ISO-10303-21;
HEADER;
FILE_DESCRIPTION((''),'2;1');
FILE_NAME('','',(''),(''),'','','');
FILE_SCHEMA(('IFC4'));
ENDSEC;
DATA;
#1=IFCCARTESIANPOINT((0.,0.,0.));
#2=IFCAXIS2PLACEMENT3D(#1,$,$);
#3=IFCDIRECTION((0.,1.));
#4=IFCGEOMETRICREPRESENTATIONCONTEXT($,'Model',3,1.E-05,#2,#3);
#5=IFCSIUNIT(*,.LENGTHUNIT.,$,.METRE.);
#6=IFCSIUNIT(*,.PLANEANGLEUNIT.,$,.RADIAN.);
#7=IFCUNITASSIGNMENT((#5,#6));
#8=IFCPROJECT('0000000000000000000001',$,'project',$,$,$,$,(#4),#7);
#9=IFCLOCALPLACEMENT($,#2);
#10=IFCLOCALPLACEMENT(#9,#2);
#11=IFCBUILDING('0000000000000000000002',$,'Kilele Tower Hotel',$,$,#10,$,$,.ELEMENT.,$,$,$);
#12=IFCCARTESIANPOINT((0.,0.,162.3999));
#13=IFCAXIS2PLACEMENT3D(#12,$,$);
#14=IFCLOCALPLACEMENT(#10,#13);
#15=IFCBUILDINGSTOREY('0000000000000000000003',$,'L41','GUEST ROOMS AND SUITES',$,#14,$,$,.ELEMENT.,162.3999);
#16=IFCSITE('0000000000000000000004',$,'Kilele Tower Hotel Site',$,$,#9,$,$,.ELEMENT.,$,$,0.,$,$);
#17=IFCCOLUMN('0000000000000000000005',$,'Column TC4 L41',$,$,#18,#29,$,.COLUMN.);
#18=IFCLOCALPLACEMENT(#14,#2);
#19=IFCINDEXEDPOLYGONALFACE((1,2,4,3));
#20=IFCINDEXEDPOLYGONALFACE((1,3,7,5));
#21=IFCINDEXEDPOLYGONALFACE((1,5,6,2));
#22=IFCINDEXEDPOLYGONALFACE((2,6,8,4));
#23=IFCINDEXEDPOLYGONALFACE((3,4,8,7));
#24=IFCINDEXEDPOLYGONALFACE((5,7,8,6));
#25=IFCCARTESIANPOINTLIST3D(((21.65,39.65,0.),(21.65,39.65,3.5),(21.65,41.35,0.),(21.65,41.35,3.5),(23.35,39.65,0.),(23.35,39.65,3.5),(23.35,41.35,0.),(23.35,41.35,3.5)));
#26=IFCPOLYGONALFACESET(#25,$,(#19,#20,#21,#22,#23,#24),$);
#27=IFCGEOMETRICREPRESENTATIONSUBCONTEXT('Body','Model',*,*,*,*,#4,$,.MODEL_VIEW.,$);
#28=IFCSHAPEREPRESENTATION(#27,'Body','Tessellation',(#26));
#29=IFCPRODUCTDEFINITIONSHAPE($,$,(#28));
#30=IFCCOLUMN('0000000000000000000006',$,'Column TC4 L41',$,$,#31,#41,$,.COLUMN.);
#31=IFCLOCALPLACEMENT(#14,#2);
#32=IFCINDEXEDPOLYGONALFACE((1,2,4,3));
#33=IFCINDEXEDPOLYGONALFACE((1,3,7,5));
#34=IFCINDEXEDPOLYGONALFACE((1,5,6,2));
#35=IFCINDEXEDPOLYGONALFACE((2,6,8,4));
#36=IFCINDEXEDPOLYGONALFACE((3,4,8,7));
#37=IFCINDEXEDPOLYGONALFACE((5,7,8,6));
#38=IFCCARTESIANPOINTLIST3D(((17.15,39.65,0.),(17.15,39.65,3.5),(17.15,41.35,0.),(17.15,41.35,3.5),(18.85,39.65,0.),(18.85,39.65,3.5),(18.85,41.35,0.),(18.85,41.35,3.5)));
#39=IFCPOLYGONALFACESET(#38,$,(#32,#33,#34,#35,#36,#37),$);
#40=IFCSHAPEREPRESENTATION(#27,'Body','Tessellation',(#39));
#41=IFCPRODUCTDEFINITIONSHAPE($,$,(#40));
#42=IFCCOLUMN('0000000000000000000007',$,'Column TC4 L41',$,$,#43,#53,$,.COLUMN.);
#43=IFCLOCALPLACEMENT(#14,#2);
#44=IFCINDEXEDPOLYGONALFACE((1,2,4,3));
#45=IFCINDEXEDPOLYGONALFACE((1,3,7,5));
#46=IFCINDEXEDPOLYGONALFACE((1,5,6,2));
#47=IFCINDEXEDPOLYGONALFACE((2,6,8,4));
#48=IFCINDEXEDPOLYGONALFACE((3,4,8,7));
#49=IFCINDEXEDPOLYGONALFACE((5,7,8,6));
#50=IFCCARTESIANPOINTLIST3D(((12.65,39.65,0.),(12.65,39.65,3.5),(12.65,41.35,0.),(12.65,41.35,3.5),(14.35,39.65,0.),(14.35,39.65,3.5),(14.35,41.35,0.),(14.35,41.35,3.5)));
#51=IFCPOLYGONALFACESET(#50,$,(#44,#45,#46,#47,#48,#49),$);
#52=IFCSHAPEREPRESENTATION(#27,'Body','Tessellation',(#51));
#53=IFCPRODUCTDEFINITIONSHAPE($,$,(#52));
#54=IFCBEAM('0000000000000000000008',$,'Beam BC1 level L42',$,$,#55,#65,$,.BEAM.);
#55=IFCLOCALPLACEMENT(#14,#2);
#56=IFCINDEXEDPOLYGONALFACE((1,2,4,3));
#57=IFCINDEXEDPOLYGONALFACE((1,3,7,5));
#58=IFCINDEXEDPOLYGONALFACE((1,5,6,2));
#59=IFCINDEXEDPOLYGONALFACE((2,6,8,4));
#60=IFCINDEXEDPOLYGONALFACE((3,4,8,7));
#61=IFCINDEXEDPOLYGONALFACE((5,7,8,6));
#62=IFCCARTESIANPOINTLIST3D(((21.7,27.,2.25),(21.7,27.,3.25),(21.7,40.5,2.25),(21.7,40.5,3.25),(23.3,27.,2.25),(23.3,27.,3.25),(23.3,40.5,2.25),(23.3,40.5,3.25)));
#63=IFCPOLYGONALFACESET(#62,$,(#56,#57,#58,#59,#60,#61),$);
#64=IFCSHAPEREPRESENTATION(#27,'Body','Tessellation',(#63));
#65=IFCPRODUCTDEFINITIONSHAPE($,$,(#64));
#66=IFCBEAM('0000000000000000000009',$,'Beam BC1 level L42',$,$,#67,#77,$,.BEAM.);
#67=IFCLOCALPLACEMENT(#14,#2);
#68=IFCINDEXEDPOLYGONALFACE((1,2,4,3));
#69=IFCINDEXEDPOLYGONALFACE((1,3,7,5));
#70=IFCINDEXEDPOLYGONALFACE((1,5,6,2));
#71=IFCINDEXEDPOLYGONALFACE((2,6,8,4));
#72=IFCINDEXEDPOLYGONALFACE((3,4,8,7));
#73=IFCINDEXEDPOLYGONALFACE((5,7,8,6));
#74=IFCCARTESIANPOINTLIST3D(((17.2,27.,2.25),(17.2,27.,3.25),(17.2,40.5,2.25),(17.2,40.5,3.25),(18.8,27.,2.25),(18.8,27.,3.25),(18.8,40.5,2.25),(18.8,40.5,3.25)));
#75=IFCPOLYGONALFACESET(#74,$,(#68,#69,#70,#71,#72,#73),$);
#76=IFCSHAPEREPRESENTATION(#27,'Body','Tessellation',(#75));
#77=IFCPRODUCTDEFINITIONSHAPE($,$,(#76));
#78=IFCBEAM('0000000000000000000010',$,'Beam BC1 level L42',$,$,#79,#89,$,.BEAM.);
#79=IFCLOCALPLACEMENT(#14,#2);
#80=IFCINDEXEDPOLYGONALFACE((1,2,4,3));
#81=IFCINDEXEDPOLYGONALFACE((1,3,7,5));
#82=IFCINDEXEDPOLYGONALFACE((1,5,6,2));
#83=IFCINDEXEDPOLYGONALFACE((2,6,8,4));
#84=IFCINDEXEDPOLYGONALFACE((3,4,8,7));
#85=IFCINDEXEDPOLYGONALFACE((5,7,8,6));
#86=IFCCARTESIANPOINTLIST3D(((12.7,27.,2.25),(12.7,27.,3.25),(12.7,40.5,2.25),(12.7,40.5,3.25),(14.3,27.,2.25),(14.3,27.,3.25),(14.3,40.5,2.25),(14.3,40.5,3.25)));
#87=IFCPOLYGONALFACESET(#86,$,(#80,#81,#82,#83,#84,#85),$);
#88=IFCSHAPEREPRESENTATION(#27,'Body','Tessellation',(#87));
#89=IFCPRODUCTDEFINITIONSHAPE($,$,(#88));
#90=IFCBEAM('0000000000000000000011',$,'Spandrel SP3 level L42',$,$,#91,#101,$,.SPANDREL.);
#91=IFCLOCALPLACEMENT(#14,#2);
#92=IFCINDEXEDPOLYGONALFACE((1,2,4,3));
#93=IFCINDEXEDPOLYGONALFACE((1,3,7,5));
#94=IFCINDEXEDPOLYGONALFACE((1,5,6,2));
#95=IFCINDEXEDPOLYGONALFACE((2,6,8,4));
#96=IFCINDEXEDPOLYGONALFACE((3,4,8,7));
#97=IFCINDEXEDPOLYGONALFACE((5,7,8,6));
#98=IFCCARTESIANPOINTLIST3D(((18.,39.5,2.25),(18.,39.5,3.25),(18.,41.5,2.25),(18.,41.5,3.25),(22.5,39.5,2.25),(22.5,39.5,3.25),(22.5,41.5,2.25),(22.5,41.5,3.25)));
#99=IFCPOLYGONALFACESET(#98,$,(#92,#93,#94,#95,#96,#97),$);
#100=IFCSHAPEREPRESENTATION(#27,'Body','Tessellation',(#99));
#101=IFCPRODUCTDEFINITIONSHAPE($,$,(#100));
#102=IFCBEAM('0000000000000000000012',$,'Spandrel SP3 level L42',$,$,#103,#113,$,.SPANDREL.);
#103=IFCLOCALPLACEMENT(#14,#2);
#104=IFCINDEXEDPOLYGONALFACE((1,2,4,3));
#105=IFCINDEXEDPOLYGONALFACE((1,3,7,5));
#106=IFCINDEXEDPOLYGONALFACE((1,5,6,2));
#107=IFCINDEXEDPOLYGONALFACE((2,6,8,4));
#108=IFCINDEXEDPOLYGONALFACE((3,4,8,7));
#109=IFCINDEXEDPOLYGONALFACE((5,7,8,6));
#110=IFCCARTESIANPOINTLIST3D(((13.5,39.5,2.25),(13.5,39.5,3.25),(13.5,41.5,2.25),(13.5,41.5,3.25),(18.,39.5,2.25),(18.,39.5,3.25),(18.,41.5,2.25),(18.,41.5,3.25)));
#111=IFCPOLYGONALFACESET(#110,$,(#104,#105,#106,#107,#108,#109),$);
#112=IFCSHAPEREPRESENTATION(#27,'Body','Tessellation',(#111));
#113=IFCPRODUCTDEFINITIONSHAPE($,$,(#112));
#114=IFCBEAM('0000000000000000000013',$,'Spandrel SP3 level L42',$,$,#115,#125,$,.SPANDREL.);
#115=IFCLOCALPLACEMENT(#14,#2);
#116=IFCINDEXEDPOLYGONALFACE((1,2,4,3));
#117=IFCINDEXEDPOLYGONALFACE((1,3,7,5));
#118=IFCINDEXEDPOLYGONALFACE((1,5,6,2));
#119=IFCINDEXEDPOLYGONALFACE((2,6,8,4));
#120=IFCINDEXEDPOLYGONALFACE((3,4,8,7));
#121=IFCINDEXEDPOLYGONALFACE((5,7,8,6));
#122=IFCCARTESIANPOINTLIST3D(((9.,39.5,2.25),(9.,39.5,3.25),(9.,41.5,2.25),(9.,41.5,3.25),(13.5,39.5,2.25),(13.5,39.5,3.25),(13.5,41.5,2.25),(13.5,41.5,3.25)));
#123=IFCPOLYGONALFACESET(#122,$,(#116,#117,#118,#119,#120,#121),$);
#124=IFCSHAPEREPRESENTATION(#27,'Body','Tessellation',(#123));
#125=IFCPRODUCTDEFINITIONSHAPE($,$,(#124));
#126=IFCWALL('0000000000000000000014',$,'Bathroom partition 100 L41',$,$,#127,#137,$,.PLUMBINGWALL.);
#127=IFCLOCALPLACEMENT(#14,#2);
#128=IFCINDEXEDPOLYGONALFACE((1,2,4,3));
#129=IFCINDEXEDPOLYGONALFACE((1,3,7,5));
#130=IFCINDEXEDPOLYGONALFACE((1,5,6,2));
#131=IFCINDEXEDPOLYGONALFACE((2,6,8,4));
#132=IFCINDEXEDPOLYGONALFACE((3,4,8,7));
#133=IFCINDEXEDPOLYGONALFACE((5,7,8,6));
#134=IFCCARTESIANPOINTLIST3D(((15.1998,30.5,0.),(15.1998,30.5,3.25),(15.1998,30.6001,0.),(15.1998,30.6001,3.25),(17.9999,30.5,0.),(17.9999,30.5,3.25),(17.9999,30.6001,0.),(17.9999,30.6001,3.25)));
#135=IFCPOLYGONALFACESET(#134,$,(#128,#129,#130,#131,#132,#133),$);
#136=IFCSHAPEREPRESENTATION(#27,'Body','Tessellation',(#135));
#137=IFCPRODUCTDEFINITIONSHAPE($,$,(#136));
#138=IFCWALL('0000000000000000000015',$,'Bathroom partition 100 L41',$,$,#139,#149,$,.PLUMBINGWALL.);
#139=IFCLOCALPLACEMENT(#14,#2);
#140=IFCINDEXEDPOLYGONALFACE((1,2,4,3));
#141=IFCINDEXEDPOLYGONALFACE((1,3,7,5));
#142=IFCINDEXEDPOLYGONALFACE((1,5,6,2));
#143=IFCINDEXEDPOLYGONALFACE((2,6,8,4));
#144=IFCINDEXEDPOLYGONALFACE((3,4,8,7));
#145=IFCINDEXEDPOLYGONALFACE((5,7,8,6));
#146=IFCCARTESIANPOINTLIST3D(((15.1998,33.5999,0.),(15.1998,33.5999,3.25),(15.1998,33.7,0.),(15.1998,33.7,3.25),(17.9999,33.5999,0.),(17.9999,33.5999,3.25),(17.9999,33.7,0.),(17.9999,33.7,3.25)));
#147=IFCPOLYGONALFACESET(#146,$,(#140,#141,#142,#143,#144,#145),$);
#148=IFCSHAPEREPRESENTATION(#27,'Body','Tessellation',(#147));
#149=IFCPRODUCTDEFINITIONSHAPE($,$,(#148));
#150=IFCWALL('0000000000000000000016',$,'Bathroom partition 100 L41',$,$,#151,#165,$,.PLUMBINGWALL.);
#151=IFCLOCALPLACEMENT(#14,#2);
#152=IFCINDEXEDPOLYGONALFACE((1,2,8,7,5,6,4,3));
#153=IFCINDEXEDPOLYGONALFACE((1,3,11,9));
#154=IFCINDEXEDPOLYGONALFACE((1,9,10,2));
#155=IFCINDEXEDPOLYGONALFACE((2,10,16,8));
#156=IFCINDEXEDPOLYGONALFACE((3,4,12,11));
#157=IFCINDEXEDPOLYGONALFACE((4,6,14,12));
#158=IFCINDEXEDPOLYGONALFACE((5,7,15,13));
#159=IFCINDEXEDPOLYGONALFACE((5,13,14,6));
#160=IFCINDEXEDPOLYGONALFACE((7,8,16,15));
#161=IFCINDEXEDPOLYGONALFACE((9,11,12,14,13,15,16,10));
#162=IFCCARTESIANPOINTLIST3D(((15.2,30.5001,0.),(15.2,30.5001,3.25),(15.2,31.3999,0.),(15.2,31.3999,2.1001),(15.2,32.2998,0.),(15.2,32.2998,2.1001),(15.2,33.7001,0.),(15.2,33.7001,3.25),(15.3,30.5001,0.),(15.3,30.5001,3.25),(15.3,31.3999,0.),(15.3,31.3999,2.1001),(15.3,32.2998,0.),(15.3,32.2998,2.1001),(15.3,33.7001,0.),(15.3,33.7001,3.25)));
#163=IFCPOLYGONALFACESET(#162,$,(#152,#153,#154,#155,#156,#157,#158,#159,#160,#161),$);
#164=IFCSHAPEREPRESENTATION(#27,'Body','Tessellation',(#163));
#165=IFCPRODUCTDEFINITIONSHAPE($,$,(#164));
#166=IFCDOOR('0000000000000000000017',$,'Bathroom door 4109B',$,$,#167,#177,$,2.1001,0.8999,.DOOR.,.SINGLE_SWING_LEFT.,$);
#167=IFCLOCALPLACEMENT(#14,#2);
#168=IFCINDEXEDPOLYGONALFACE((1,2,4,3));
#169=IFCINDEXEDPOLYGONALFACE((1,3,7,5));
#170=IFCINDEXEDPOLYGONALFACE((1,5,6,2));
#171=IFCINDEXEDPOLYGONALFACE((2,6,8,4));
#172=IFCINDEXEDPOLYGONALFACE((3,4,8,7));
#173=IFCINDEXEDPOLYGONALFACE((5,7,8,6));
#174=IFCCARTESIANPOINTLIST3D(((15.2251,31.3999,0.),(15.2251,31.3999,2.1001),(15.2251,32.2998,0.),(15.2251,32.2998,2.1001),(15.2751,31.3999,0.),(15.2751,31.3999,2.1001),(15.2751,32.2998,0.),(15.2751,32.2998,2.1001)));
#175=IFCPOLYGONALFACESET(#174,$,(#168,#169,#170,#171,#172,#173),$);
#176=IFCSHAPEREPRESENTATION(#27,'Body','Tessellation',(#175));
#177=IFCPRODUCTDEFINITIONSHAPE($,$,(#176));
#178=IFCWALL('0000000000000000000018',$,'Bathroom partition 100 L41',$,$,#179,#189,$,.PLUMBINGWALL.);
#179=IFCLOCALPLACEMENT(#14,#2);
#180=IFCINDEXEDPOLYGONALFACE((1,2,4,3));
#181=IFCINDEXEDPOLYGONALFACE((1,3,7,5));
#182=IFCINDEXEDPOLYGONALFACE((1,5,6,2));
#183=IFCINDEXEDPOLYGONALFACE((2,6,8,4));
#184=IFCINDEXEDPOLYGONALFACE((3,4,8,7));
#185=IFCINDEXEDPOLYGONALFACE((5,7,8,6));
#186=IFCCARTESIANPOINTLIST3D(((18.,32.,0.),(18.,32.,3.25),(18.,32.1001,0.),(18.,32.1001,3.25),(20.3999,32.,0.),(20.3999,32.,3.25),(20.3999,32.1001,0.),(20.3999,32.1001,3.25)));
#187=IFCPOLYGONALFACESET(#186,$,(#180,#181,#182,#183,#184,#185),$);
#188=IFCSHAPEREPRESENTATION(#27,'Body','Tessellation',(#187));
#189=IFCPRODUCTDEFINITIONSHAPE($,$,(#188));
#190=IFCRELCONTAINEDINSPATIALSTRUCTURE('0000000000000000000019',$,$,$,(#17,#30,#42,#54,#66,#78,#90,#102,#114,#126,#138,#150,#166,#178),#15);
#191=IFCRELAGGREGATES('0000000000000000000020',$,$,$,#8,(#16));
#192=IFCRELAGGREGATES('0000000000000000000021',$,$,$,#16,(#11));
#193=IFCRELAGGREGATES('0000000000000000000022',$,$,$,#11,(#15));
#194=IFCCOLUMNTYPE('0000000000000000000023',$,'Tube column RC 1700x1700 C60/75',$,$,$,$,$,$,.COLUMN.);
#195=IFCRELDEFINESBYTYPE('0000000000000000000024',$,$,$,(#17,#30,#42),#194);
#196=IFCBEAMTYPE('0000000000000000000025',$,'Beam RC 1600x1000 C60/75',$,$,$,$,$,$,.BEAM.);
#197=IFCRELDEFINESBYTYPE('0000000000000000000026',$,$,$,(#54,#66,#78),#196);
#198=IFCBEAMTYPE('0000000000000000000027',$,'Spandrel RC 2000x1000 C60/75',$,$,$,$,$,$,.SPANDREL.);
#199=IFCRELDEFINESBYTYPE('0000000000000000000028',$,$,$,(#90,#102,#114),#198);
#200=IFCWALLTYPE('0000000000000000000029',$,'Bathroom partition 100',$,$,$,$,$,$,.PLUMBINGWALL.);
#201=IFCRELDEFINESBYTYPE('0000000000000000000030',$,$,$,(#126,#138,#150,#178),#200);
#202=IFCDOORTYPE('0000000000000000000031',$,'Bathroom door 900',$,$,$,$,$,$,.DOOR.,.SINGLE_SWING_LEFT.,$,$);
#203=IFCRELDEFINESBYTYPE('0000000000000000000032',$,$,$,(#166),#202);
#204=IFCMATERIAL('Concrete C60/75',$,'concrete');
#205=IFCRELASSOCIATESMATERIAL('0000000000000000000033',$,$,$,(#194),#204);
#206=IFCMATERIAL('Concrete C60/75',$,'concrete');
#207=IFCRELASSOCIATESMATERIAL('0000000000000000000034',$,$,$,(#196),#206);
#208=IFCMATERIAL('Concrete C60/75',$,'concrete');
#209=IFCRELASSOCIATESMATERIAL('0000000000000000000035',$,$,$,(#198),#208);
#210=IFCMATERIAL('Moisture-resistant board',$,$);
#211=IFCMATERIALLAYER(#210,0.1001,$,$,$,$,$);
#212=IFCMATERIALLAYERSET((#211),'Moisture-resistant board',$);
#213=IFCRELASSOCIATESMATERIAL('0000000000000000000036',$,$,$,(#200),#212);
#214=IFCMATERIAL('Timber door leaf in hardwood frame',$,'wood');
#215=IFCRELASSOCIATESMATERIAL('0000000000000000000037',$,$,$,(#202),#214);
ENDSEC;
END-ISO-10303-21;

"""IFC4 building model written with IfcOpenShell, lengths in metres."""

from ifc_helpers import new_model, si_unit, direction, frame, frame_2d, origin, origin_2d, place, context, subcontext, project, spatial, rectangle, extrude, material, layer, layer_set, material_profile, profile_set, type_object, element, fill, save


model = new_model("IFC4")

# Units and contexts
model_context = context("Model", 3, precision=1e-05, world=origin(), true_north=direction((0.0, 1.0)))
body_context = subcontext(model_context, "Body", "Model", "MODEL_VIEW")
ifc_project = project(units=[si_unit("LENGTHUNIT", "METRE"), si_unit("PLANEANGLEUNIT", "RADIAN")], contexts=[model_context])

# Site, building, storey
site_placement = place(None, origin())
site = spatial("IfcSite", under=ifc_project, at=site_placement, Name="Kilele Tower Hotel Site", CompositionType="ELEMENT", RefElevation=0.0)
building_placement = place(site_placement, origin())
building = spatial("IfcBuilding", under=site, at=building_placement, Name="Kilele Tower Hotel", CompositionType="ELEMENT")
storey_placement = place(building_placement, frame((0.0, 0.0, 162.3999)))
storey = spatial("IfcBuildingStorey", under=building, at=storey_placement, Name="L41", Description="GUEST ROOMS AND SUITES", CompositionType="ELEMENT", Elevation=162.3999)

# Columns
ifc_material_1 = material(Name="Concrete C60/75", Category="concrete")
ifc_material_profile_1 = material_profile(ifc_material_1, rectangle(XDim=1.7, YDim=1.7, at=origin_2d()))
ifc_profile_set_1 = profile_set([ifc_material_profile_1], Name="Concrete C60/75")
column_type = type_object("IfcColumnType", Name="Tube column RC 1700x1700 C60/75", PredefinedType="COLUMN", material=ifc_profile_set_1)
for number, where, z_axis, x_axis, name in (
    (1, (22.5, 40.5, 0.0), (0.0, 0.0, 1.0), (1.0, 0.0, 0.0), "Column TC4 L41"),
    (2, (18.0, 40.5, 0.0), (0.0, 0.0, 1.0), (1.0, 0.0, 0.0), "Column TC4 L41"),
    (3, (13.5, 40.5, 0.0), (0.0, 0.0, 1.0), (1.0, 0.0, 0.0), "Column TC4 L41"),
):
    element("IfcColumn", number, at=place(storey_placement, frame(where, z_axis=z_axis, x_axis=x_axis)), inside=storey, type_object=column_type, Name=name, PredefinedType="COLUMN", context=body_context, shape_type="SweptSolid", body=[
        extrude(rectangle(XDim=1.7, YDim=1.7, at=origin_2d()), origin(), (0.0, 0.0, 1.0), 3.5),
    ])

# Beams
ifc_material_2 = material(Name="Concrete C60/75", Category="concrete")
ifc_material_profile_2 = material_profile(ifc_material_2, rectangle(XDim=1.6001, YDim=1.0, at=origin_2d()))
ifc_profile_set_2 = profile_set([ifc_material_profile_2], Name="Concrete C60/75")
beam_type_1 = type_object("IfcBeamType", Name="Beam RC 1600x1000 C60/75", PredefinedType="BEAM", material=ifc_profile_set_2)
for number, where, z_axis, x_axis, name in (
    (4, (22.5, 40.5, 2.75), (0.0, -1.0, 0.0), (1.0, 0.0, 0.0), "Beam BC1 level L42"),
    (5, (18.0, 40.5, 2.75), (0.0, -1.0, 0.0), (1.0, 0.0, 0.0), "Beam BC1 level L42"),
    (6, (13.5, 40.5, 2.75), (0.0, -1.0, 0.0), (1.0, 0.0, 0.0), "Beam BC1 level L42"),
):
    element("IfcBeam", number, at=place(storey_placement, frame(where, z_axis=z_axis, x_axis=x_axis)), inside=storey, type_object=beam_type_1, Name=name, PredefinedType="BEAM", context=body_context, shape_type="SweptSolid", body=[
        extrude(rectangle(XDim=1.6001, YDim=1.0, at=origin_2d()), origin(), (0.0, 0.0, 1.0), 13.5),
    ])
ifc_material_3 = material(Name="Concrete C60/75", Category="concrete")
ifc_material_profile_3 = material_profile(ifc_material_3, rectangle(XDim=2.0, YDim=1.0, at=origin_2d()))
ifc_profile_set_3 = profile_set([ifc_material_profile_3], Name="Concrete C60/75")
beam_type_2 = type_object("IfcBeamType", Name="Spandrel RC 2000x1000 C60/75", PredefinedType="SPANDREL", material=ifc_profile_set_3)
for number, where, z_axis, x_axis, name in (
    (7, (22.5, 40.5, 2.75), (-1.0, 0.0, 0.0), (0.0, -1.0, 0.0), "Spandrel SP3 level L42"),
    (8, (18.0, 40.5, 2.75), (-1.0, 0.0, 0.0), (0.0, -1.0, 0.0), "Spandrel SP3 level L42"),
    (9, (13.5, 40.5, 2.75), (-1.0, 0.0, 0.0), (0.0, -1.0, 0.0), "Spandrel SP3 level L42"),
):
    element("IfcBeam", number, at=place(storey_placement, frame(where, z_axis=z_axis, x_axis=x_axis)), inside=storey, type_object=beam_type_2, Name=name, PredefinedType="SPANDREL", context=body_context, shape_type="SweptSolid", body=[
        extrude(rectangle(XDim=2.0, YDim=1.0, at=origin_2d()), origin(), (0.0, 0.0, 1.0), 4.5),
    ])

# Walls
ifc_material_4 = material(Name="Moisture-resistant board")
ifc_layer_1 = layer(ifc_material_4, 0.1001)
ifc_layer_set_1 = layer_set([ifc_layer_1], Name="Moisture-resistant board")
wall_type_1 = type_object("IfcWallType", Name="Bathroom partition 100", PredefinedType="PLUMBINGWALL", material=ifc_layer_set_1)
for number, where, z_axis, x_axis, name in (
    (10, (15.2, 30.55, 0.0), (0.0, 0.0, 1.0), (1.0, 0.0, 0.0), "Bathroom partition 100 L41"),
    (11, (15.2, 33.6499, 0.0), (0.0, 0.0, 1.0), (1.0, 0.0, 0.0), "Bathroom partition 100 L41"),
):
    element("IfcWall", number, at=place(storey_placement, frame(where, z_axis=z_axis, x_axis=x_axis)), inside=storey, type_object=wall_type_1, Name=name, PredefinedType="PLUMBINGWALL", context=body_context, shape_type="SweptSolid", body=[
        extrude(rectangle(XDim=2.8, YDim=0.1001, at=frame_2d((1.3999, 0.0))), origin(), (0.0, 0.0, 1.0), 3.25),
    ])

# Wall, opening, door
wall_1_placement = place(storey_placement, frame((15.25, 30.5, 0.0), z_axis=(0.0, 0.0, 1.0), x_axis=(0.0, 1.0, 0.0)))
wall_1 = element("IfcWall", 12, at=wall_1_placement, inside=storey, type_object=wall_type_1, Name="Bathroom partition 100 L41", PredefinedType="PLUMBINGWALL", context=body_context, shape_type="SweptSolid", body=[
    extrude(rectangle(XDim=3.2, YDim=0.1001, at=frame_2d((1.6001, 0.0))), origin(), (0.0, 0.0, 1.0), 3.25),
])
opening_1_placement = place(wall_1_placement, frame((0.8999, 0.0, 0.0)))
opening_1 = element("IfcOpeningElement", 13, at=opening_1_placement, cuts=wall_1, PredefinedType="OPENING", context=body_context, shape_type="SweptSolid", body=[
    extrude(rectangle(XDim=0.8999, YDim=2.1001, at=frame_2d((0.45, 1.05))), frame((0.0, 0.0601, 0.0), z_axis=(0.0, -1.0, 0.0), x_axis=(1.0, 0.0, 0.0)), (0.0, 0.0, 1.0), 0.1201),
])
ifc_material_5 = material(Name="Timber door leaf in hardwood frame", Category="wood")
door_type_1 = type_object("IfcDoorType", Name="Bathroom door 900", OperationType="SINGLE_SWING_LEFT", PredefinedType="DOOR", material=ifc_material_5)
door_1_placement = place(opening_1_placement, origin())
door_1 = element("IfcDoor", 14, at=door_1_placement, inside=storey, type_object=door_type_1, Name="Bathroom door 4109B", OperationType="SINGLE_SWING_LEFT", OverallHeight=2.1001, OverallWidth=0.8999, PredefinedType="DOOR", context=body_context, shape_type="SweptSolid", body=[
    extrude(rectangle(XDim=0.8999, YDim=2.1001, at=frame_2d((0.45, 1.05))), frame((0.0, 0.0249, 0.0), z_axis=(0.0, -1.0, 0.0), x_axis=(1.0, 0.0, 0.0)), (0.0, 0.0, 1.0), 0.05),
])
fill(opening_1, door_1)

# Wall
wall_2_placement = place(storey_placement, frame((18.0, 32.05, 0.0), z_axis=(0.0, 0.0, 1.0), x_axis=(1.0, 0.0, 0.0)))
element("IfcWall", 15, at=wall_2_placement, inside=storey, type_object=wall_type_1, Name="Bathroom partition 100 L41", PredefinedType="PLUMBINGWALL", context=body_context, shape_type="SweptSolid", body=[
    extrude(rectangle(XDim=2.3999, YDim=0.1001, at=frame_2d((1.2, 0.0))), origin(), (0.0, 0.0, 1.0), 3.25),
])

save(model, "model.ifc")
